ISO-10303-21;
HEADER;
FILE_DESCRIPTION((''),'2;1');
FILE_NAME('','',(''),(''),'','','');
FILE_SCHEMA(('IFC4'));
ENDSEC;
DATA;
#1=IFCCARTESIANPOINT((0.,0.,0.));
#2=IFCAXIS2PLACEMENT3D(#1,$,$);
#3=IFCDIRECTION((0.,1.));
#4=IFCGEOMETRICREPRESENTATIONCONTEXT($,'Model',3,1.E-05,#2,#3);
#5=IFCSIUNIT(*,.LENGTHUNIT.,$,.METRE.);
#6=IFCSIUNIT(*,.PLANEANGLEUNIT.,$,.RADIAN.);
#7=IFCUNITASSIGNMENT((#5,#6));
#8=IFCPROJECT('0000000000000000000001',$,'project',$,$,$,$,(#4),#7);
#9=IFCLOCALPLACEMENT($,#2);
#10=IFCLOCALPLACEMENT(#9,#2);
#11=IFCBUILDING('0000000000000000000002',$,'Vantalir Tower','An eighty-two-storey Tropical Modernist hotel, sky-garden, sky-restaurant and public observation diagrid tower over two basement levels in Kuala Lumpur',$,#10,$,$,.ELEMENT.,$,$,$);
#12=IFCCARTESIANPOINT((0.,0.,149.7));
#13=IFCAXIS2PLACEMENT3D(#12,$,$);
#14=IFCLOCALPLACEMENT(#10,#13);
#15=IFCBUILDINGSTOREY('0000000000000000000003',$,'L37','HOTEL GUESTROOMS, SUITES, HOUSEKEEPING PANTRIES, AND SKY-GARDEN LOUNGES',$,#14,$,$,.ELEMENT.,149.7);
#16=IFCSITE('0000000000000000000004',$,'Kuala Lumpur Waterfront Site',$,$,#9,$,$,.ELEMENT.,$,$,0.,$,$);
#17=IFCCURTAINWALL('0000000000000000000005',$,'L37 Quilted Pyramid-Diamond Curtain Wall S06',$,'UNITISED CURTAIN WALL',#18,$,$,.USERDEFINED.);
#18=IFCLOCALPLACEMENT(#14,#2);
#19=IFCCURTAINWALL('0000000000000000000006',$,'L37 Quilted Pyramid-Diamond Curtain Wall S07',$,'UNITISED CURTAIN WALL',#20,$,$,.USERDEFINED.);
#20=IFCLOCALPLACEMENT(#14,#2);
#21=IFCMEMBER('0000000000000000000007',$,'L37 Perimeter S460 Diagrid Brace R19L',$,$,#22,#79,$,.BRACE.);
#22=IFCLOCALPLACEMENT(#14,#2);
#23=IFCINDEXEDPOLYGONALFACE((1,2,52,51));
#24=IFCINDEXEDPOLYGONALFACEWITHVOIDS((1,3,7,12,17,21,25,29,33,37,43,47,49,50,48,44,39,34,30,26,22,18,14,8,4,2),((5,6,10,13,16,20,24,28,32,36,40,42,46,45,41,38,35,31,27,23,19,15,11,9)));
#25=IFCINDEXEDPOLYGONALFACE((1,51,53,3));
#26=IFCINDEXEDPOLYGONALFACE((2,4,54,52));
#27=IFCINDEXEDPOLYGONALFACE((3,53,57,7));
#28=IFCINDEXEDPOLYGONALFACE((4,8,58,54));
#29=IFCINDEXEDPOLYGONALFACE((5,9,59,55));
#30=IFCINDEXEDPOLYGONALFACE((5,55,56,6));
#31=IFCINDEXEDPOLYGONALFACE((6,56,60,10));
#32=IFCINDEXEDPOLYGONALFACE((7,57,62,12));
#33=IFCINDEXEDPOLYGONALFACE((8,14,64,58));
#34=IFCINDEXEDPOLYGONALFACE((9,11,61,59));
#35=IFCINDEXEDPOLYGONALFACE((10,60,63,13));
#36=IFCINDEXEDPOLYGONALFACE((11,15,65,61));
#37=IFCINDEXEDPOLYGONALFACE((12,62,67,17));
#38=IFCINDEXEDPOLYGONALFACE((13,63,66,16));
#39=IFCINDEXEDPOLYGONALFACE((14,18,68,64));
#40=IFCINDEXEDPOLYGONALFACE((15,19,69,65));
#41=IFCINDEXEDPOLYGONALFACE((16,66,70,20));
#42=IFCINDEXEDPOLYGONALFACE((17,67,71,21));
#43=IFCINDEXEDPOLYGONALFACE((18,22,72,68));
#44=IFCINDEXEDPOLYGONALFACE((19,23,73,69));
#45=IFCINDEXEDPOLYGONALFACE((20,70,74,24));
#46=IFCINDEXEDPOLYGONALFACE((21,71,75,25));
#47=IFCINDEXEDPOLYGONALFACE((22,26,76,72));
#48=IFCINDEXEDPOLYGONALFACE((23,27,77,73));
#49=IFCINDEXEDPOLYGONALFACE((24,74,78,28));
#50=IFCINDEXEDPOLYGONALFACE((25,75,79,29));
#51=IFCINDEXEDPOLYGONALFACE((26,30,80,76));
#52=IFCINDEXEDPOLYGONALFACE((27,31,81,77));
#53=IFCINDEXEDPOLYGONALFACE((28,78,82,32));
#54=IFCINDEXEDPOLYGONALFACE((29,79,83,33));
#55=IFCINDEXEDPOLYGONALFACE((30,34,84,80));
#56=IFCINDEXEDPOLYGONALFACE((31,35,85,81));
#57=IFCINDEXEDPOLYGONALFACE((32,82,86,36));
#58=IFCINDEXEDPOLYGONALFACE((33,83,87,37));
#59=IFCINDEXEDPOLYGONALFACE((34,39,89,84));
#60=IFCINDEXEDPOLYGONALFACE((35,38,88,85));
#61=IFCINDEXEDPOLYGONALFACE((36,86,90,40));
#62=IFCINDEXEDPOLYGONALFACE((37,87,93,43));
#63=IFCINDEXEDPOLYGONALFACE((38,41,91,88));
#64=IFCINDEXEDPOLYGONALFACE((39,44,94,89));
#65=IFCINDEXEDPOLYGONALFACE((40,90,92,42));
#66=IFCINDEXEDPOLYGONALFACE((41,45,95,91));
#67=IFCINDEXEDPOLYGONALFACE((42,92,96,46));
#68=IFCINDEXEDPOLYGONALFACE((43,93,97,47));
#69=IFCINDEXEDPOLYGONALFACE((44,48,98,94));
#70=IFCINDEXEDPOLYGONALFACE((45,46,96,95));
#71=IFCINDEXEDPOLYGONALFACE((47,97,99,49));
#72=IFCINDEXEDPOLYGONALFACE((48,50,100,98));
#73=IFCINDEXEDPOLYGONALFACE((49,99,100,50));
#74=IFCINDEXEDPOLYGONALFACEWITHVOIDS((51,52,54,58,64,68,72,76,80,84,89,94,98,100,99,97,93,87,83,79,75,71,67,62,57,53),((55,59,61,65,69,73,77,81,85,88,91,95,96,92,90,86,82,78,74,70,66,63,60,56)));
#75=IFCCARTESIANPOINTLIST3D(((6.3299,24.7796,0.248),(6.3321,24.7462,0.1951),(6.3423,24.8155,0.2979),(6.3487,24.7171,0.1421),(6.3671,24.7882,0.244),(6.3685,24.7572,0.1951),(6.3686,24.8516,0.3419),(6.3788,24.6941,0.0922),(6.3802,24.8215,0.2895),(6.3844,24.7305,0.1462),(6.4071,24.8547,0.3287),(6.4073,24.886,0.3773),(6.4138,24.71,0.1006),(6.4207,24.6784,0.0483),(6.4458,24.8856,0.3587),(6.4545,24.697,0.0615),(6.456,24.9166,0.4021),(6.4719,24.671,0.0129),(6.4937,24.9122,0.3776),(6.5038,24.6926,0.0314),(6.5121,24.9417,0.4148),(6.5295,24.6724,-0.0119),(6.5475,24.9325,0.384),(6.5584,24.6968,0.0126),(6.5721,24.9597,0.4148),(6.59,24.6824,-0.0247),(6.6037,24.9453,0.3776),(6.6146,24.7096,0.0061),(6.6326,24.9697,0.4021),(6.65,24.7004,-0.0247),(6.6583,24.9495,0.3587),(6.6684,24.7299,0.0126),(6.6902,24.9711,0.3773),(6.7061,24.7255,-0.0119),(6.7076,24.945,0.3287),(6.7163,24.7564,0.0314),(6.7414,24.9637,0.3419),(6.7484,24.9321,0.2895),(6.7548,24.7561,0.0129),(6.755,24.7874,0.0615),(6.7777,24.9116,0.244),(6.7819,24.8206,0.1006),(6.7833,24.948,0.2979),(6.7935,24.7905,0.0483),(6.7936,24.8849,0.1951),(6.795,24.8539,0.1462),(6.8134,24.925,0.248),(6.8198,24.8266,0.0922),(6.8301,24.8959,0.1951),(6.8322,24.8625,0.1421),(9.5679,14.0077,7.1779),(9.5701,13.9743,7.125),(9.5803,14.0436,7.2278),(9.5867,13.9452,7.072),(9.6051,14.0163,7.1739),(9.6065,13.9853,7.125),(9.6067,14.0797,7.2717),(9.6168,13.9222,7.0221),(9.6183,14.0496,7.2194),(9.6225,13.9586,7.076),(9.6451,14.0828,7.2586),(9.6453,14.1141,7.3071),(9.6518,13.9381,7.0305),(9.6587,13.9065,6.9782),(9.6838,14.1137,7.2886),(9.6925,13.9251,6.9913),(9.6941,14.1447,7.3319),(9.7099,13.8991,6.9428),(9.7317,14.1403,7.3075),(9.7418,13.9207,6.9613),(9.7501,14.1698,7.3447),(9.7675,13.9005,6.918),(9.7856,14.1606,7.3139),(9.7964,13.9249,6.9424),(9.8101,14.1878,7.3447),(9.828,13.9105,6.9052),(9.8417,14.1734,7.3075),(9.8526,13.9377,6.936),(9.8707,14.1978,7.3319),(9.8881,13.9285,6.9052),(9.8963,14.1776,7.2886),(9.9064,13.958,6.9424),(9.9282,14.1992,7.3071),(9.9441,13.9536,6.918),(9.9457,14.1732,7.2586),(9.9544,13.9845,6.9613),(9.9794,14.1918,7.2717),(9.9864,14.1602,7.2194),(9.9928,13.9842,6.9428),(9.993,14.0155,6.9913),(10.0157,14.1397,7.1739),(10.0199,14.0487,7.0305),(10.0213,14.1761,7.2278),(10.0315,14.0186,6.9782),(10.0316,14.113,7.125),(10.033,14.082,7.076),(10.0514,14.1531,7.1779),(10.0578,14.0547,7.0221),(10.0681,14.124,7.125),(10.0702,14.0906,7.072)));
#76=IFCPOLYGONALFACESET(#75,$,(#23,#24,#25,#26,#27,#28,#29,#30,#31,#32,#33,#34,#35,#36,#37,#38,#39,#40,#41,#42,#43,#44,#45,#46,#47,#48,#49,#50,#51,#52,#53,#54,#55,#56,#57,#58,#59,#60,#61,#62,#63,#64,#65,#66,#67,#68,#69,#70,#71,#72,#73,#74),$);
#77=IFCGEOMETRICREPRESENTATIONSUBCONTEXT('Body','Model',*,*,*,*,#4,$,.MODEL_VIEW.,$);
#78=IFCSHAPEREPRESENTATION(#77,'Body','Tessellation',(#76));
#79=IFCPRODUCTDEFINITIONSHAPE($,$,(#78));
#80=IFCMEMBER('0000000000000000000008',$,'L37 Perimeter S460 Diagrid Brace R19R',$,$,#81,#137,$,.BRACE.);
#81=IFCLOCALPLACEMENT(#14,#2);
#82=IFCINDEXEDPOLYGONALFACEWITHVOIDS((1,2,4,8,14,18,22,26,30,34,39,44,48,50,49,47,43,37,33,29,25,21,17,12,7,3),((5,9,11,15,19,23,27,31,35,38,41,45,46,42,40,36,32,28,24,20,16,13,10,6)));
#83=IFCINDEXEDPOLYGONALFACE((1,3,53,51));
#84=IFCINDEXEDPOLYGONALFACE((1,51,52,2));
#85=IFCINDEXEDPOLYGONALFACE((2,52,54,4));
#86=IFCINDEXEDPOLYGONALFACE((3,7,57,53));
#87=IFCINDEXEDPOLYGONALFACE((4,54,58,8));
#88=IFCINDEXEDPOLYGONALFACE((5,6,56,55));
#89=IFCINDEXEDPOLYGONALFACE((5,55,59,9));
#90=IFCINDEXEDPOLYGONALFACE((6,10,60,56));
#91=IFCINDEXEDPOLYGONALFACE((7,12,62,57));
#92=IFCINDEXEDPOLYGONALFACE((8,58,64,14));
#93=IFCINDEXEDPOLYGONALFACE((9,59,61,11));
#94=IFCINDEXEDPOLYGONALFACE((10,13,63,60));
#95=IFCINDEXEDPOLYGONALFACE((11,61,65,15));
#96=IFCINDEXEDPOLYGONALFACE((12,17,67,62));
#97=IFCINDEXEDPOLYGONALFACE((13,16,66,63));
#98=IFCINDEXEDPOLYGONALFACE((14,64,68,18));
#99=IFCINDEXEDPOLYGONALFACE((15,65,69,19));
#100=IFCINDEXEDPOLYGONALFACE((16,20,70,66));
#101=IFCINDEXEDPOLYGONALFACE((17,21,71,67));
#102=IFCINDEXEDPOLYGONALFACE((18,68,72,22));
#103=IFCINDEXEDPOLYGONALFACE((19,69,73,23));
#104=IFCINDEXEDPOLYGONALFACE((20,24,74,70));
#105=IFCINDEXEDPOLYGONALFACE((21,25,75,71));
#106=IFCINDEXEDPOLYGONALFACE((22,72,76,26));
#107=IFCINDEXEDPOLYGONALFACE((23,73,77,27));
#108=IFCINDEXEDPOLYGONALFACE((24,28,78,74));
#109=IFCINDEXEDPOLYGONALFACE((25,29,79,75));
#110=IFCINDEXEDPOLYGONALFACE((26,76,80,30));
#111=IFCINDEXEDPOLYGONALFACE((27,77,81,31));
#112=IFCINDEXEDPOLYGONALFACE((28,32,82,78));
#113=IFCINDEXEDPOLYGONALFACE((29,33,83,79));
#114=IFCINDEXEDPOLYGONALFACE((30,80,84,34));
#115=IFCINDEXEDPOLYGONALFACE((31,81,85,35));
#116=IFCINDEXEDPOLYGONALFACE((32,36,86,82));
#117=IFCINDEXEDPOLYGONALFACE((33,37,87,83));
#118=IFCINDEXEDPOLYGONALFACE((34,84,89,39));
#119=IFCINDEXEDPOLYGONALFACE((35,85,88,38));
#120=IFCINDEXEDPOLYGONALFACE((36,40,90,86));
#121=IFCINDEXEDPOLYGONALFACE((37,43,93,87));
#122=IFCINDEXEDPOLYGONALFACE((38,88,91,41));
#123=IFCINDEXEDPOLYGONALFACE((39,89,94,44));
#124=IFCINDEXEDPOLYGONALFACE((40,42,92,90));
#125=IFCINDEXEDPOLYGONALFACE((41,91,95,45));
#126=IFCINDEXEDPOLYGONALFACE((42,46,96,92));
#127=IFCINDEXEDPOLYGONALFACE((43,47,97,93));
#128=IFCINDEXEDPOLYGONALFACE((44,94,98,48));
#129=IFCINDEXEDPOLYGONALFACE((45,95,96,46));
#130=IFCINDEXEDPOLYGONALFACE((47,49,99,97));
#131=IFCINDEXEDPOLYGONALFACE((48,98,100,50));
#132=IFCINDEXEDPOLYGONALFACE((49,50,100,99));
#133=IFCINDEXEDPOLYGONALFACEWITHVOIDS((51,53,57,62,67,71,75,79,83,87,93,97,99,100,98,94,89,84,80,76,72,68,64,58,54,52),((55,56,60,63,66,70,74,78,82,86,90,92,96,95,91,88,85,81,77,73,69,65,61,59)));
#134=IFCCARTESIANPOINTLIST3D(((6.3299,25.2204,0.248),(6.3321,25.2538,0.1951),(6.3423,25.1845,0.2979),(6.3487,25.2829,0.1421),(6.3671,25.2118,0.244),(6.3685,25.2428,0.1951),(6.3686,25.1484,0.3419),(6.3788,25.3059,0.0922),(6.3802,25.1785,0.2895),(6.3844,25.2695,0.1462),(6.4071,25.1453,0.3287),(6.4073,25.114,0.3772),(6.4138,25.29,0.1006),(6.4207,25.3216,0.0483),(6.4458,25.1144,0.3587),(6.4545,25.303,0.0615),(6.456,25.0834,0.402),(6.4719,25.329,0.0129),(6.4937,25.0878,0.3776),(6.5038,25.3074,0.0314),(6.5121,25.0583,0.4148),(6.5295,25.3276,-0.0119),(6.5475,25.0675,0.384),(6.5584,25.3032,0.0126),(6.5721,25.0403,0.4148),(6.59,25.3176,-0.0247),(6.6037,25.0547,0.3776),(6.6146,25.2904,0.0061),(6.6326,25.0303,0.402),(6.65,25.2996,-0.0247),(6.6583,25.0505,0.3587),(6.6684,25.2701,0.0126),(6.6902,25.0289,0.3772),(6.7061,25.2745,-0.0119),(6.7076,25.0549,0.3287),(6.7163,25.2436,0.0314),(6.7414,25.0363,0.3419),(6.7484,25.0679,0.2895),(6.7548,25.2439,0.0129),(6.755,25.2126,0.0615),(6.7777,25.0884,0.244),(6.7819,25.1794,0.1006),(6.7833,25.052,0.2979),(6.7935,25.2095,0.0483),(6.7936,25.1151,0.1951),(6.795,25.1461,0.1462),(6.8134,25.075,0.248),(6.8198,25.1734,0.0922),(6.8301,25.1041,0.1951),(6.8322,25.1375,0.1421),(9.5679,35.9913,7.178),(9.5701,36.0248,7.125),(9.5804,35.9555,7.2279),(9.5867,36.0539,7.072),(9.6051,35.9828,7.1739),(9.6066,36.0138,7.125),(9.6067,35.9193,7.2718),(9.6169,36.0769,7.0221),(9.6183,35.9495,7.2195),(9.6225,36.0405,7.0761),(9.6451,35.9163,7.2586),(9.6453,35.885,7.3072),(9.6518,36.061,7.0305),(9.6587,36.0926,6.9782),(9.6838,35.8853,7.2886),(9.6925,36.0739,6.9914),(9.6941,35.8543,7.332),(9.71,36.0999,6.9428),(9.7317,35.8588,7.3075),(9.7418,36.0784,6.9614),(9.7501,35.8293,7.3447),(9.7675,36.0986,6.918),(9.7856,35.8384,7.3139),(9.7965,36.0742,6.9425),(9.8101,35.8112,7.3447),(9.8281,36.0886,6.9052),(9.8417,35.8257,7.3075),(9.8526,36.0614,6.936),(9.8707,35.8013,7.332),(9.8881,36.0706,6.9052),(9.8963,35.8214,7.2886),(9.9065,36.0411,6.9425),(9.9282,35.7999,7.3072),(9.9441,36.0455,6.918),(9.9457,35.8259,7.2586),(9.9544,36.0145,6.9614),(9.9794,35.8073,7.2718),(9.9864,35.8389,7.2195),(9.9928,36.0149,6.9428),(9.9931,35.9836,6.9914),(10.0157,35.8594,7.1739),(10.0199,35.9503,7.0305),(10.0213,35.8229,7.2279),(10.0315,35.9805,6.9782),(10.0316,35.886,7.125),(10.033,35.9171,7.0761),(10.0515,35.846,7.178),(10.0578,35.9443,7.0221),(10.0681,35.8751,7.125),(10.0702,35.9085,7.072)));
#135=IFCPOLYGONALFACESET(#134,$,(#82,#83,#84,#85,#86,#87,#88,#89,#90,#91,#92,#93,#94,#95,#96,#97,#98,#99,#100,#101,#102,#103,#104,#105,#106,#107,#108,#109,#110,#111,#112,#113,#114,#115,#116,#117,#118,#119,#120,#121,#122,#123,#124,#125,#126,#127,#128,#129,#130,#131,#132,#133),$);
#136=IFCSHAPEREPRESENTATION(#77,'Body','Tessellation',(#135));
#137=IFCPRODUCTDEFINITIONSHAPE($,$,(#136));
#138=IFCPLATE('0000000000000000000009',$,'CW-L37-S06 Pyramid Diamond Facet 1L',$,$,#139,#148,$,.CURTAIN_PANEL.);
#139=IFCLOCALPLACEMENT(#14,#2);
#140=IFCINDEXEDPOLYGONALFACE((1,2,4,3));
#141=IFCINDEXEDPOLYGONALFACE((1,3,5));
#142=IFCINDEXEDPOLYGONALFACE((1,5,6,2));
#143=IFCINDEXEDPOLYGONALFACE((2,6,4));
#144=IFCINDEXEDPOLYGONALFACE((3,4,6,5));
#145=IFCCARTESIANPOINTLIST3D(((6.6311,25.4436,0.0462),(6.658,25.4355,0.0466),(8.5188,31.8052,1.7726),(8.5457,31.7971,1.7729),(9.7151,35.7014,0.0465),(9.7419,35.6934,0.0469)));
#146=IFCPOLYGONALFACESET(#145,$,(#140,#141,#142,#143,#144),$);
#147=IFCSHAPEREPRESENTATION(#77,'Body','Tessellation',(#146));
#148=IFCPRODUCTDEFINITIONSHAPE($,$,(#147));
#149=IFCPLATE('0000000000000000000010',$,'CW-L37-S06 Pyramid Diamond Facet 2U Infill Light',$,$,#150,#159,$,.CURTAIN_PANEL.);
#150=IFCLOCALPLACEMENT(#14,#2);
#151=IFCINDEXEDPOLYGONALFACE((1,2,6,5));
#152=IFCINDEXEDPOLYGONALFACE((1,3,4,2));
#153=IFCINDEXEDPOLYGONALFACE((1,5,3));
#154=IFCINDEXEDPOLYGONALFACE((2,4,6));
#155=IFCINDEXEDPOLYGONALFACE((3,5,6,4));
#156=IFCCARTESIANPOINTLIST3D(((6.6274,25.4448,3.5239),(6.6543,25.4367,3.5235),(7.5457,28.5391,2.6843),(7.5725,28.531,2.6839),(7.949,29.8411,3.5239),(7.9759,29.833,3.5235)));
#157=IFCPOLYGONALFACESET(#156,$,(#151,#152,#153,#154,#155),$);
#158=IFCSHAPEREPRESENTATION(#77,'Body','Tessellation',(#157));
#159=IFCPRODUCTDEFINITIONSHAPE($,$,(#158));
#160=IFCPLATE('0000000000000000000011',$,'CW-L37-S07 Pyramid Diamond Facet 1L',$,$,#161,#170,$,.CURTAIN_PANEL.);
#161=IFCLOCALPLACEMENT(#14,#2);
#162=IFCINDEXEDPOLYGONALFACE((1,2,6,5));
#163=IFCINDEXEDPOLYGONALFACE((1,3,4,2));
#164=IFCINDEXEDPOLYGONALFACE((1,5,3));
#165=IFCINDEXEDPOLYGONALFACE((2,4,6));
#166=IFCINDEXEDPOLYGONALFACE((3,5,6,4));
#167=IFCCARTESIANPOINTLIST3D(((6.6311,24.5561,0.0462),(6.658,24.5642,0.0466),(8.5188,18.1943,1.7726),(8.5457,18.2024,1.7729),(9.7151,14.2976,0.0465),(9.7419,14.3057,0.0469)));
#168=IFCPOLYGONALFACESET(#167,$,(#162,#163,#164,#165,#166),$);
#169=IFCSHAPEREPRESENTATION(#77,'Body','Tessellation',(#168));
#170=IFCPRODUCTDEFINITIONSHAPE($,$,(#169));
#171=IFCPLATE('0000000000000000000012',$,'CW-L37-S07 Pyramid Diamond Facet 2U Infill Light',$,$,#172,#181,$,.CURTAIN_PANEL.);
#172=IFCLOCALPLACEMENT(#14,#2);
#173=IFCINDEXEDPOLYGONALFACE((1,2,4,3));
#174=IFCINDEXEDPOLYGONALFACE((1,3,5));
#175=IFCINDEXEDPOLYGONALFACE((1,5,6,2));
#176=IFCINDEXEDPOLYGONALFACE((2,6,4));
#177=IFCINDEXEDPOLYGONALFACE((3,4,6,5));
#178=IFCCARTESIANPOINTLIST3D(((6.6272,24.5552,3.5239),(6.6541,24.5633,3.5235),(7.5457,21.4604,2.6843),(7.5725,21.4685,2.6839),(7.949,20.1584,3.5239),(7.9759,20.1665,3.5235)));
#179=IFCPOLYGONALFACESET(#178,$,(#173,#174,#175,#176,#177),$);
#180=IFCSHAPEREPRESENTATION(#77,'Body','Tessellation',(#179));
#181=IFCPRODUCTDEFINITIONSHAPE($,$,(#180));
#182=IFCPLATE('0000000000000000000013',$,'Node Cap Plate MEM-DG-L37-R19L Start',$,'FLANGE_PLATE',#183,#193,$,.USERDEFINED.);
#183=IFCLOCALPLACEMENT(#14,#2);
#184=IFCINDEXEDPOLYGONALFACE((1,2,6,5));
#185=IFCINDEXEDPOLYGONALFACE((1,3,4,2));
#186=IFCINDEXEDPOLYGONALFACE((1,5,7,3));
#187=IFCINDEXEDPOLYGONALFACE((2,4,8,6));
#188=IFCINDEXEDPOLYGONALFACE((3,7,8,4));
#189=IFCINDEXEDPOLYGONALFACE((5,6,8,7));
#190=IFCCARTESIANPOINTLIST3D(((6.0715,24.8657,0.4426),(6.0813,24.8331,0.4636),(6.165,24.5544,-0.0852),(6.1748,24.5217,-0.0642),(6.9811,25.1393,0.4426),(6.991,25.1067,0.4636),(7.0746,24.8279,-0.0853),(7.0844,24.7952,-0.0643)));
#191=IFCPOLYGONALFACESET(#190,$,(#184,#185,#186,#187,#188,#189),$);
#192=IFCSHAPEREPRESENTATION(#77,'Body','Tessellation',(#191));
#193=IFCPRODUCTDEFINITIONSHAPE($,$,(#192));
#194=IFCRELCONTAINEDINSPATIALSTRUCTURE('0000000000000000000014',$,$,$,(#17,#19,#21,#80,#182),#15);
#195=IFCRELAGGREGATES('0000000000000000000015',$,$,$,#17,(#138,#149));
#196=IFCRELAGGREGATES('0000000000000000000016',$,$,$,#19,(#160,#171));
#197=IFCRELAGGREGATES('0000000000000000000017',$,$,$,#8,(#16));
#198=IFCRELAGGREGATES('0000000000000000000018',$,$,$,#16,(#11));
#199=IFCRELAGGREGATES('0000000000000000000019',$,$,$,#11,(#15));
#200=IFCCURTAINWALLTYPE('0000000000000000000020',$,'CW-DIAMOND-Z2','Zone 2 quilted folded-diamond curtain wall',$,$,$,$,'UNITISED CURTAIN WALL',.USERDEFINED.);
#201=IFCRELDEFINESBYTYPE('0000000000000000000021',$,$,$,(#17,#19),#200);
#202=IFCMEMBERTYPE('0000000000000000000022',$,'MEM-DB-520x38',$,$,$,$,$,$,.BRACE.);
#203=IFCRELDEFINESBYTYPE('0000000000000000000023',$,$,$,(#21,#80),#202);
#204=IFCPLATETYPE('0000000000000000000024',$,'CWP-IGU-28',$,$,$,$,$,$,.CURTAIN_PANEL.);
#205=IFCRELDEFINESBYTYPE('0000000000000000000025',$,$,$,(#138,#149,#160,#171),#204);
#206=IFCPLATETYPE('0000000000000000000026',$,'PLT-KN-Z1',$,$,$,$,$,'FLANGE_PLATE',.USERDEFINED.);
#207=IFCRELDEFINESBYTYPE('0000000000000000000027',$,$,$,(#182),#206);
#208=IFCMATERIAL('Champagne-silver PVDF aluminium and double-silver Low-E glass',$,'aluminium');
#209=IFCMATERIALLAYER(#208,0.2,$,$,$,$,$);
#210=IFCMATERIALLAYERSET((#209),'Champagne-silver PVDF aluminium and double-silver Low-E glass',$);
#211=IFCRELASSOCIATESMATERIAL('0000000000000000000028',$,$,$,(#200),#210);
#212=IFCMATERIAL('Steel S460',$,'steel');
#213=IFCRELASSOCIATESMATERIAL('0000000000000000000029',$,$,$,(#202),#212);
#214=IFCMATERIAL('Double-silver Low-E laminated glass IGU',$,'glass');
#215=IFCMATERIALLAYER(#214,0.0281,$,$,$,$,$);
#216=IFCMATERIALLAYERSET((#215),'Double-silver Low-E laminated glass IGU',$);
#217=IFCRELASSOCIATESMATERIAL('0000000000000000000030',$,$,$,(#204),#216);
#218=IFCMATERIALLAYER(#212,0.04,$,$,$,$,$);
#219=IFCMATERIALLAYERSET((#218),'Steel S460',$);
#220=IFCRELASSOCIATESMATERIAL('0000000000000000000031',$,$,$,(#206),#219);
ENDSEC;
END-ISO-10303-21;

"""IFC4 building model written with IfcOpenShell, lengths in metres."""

from ifc_helpers import new_model, si_unit, direction, frame, origin, origin_2d, place, context, subcontext, project, spatial, polyline, hollow_circle, outline, extrude, material, layer, layer_set, material_profile, profile_set, type_object, element, aggregate, save


model = new_model("IFC4")

# Units and contexts
model_context = context("Model", 3, precision=1e-05, world=origin(), true_north=direction((0.0, 1.0)))
body_context = subcontext(model_context, "Body", "Model", "MODEL_VIEW")
ifc_project = project(units=[si_unit("LENGTHUNIT", "METRE"), si_unit("PLANEANGLEUNIT", "RADIAN")], contexts=[model_context])

# Site, building, storey
site_placement = place(None, origin())
site = spatial("IfcSite", under=ifc_project, at=site_placement, Name="Kuala Lumpur Waterfront Site", CompositionType="ELEMENT", RefElevation=0.0)
building_placement = place(site_placement, origin())
building = spatial("IfcBuilding", under=site, at=building_placement, Name="Vantalir Tower", Description="An eighty-two-storey Tropical Modernist hotel, sky-garden, sky-restaurant and public observation diagrid tower over two basement levels in Kuala Lumpur", CompositionType="ELEMENT")
storey_placement = place(building_placement, frame((0.0, 0.0, 149.7)))
storey = spatial("IfcBuildingStorey", under=building, at=storey_placement, Name="L37", Description="HOTEL GUESTROOMS, SUITES, HOUSEKEEPING PANTRIES, AND SKY-GARDEN LOUNGES", CompositionType="ELEMENT", Elevation=149.7)

# Shared definitions
ifc_material_1 = material(Name="Steel S460", Category="steel")

# Curtain wall
ifc_material_2 = material(Name="Champagne-silver PVDF aluminium and double-silver Low-E glass", Category="aluminium")
ifc_layer_1 = layer(ifc_material_2, 0.2)
ifc_layer_set_1 = layer_set([ifc_layer_1], Name="Champagne-silver PVDF aluminium and double-silver Low-E glass")
curtain_wall_type = type_object("IfcCurtainWallType", Name="CW-DIAMOND-Z2", Description="Zone 2 quilted folded-diamond curtain wall", ElementType="UNITISED CURTAIN WALL", PredefinedType="USERDEFINED", material=ifc_layer_set_1)
curtain_wall_1_placement = place(storey_placement, origin())
curtain_wall_1 = element("IfcCurtainWall", 1, at=curtain_wall_1_placement, inside=storey, type_object=curtain_wall_type, Name="L37 Quilted Pyramid-Diamond Curtain Wall S06", ObjectType="UNITISED CURTAIN WALL", PredefinedType="USERDEFINED")

# Curtain wall
curtain_wall_2_placement = place(storey_placement, origin())
curtain_wall_2 = element("IfcCurtainWall", 2, at=curtain_wall_2_placement, inside=storey, type_object=curtain_wall_type, Name="L37 Quilted Pyramid-Diamond Curtain Wall S07", ObjectType="UNITISED CURTAIN WALL", PredefinedType="USERDEFINED")

# Members
ifc_material_profile_1 = material_profile(ifc_material_1, hollow_circle(Radius=0.26, WallThickness=0.0381, at=origin_2d()), Name="Steel S460")
ifc_profile_set_1 = profile_set([ifc_material_profile_1], Name="Steel S460")
member_type_1 = type_object("IfcMemberType", Name="MEM-DB-520x38", PredefinedType="BRACE", material=ifc_profile_set_1)
member_1_placement = place(storey_placement, frame((6.5811, 24.821, 0.1951), z_axis=(0.245092, -0.815347, 0.524537), x_axis=(0.957668, 0.287874, 0.0)))
element("IfcMember", 3, at=member_1_placement, inside=storey, type_object=member_type_1, Name="L37 Perimeter S460 Diagrid Brace R19L", PredefinedType="BRACE", context=body_context, shape_type="SweptSolid", body=[
    extrude(hollow_circle(Radius=0.26, WallThickness=0.0381, at=origin_2d()), origin(), (0.0, 0.0, 1.0), 13.2114),
])
member_2_placement = place(storey_placement, frame((6.5811, 25.179, 0.1951), z_axis=(0.245107, 0.815322, 0.524569), x_axis=(-0.957661, 0.287897, 0.0)))
element("IfcMember", 4, at=member_2_placement, inside=storey, type_object=member_type_1, Name="L37 Perimeter S460 Diagrid Brace R19R", PredefinedType="BRACE", context=body_context, shape_type="SweptSolid", body=[
    extrude(hollow_circle(Radius=0.26, WallThickness=0.0381, at=origin_2d()), origin(), (0.0, 0.0, 1.0), 13.2107),
])

# Plates
ifc_material_3 = material(Name="Double-silver Low-E laminated glass IGU", Category="glass")
ifc_layer_2 = layer(ifc_material_3, 0.0281)
ifc_layer_set_2 = layer_set([ifc_layer_2], Name="Double-silver Low-E laminated glass IGU")
plate_type_1 = type_object("IfcPlateType", Name="CWP-IGU-28", PredefinedType="CURTAIN_PANEL", material=ifc_layer_set_2)
plate_1_placement = place(storey_placement, frame((9.7419, 35.6934, 0.0469), z_axis=(0.957564, -0.287889, 0.01381), x_axis=(-0.287917, -0.957655, -0.000023)))
plate_1 = element("IfcPlate", 5, at=plate_1_placement, type_object=plate_type_1, Name="CW-L37-S06 Pyramid Diamond Facet 1L", PredefinedType="CURTAIN_PANEL", context=body_context, shape_type="SweptSolid", body=[
    extrude(outline(polyline([(0.0, 0.0), (10.7114, 0.0), (4.0756, -1.7263), (0.0, 0.0)])), origin(), (0.0, 0.0, -1.0), 0.0281),
])
plate_2_placement = place(storey_placement, frame((7.949, 29.8411, 3.5239), z_axis=(-0.957578, 0.287853, 0.013608), x_axis=(-0.28788, -0.957667, 0.0)))
plate_2 = element("IfcPlate", 6, at=plate_2_placement, type_object=plate_type_1, Name="CW-L37-S06 Pyramid Diamond Facet 2U Infill Light", PredefinedType="CURTAIN_PANEL", context=body_context, shape_type="SweptSolid", body=[
    extrude(outline(polyline([(0.0, 0.0), (4.5906, 0.0), (1.363, -0.8397), (0.0, 0.0)])), origin(), (0.0, 0.0, -1.0), 0.0281),
])
aggregate(curtain_wall_1, [plate_1, plate_2])
plate_3_placement = place(storey_placement, frame((6.658, 24.5642, 0.0466), z_axis=(0.95757, 0.287871, 0.013775), x_axis=(0.287898, -0.957661, 0.000023)))
plate_3 = element("IfcPlate", 7, at=plate_3_placement, type_object=plate_type_1, Name="CW-L37-S07 Pyramid Diamond Facet 1L", PredefinedType="CURTAIN_PANEL", context=body_context, shape_type="SweptSolid", body=[
    extrude(outline(polyline([(0.0, 0.0), (10.7121, 0.0), (6.636, -1.7263), (0.0, 0.0)])), origin(), (0.0, 0.0, -1.0), 0.0281),
])
plate_4_placement = place(storey_placement, frame((6.6272, 24.5552, 3.5239), z_axis=(-0.957572, -0.287873, 0.013575), x_axis=(0.287899, -0.957661, 0.0)))
plate_4 = element("IfcPlate", 8, at=plate_4_placement, type_object=plate_type_1, Name="CW-L37-S07 Pyramid Diamond Facet 2U Infill Light", PredefinedType="CURTAIN_PANEL", context=body_context, shape_type="SweptSolid", body=[
    extrude(outline(polyline([(0.0, 0.0), (4.5911, 0.0), (3.2281, -0.8397), (0.0, 0.0)])), origin(), (0.0, 0.0, -1.0), 0.0281),
])
aggregate(curtain_wall_2, [plate_3, plate_4])

# Plate
ifc_layer_3 = layer(ifc_material_1, 0.04)
ifc_layer_set_3 = layer_set([ifc_layer_3], Name="Steel S460")
plate_type_2 = type_object("IfcPlateType", Name="PLT-KN-Z1", ElementType="FLANGE_PLATE", PredefinedType="USERDEFINED", material=ifc_layer_set_3)
plate_5_placement = place(storey_placement, frame((6.1748, 24.5217, -0.0642), z_axis=(0.245199, -0.815359, 0.524469), x_axis=(0.957645, 0.287952, -0.000055)))
element("IfcPlate", 9, at=plate_5_placement, inside=storey, type_object=plate_type_2, Name="Node Cap Plate MEM-DG-L37-R19L Start", ObjectType="FLANGE_PLATE", PredefinedType="USERDEFINED", context=body_context, shape_type="SweptSolid", body=[
    extrude(outline(polyline([(0.0, 0.0), (0.9499, 0.0), (0.95, 0.62), (0.0001, 0.6199), (0.0, 0.0)])), origin(), (0.0, 0.0, -1.0), 0.04),
])

save(model, "model.ifc")
